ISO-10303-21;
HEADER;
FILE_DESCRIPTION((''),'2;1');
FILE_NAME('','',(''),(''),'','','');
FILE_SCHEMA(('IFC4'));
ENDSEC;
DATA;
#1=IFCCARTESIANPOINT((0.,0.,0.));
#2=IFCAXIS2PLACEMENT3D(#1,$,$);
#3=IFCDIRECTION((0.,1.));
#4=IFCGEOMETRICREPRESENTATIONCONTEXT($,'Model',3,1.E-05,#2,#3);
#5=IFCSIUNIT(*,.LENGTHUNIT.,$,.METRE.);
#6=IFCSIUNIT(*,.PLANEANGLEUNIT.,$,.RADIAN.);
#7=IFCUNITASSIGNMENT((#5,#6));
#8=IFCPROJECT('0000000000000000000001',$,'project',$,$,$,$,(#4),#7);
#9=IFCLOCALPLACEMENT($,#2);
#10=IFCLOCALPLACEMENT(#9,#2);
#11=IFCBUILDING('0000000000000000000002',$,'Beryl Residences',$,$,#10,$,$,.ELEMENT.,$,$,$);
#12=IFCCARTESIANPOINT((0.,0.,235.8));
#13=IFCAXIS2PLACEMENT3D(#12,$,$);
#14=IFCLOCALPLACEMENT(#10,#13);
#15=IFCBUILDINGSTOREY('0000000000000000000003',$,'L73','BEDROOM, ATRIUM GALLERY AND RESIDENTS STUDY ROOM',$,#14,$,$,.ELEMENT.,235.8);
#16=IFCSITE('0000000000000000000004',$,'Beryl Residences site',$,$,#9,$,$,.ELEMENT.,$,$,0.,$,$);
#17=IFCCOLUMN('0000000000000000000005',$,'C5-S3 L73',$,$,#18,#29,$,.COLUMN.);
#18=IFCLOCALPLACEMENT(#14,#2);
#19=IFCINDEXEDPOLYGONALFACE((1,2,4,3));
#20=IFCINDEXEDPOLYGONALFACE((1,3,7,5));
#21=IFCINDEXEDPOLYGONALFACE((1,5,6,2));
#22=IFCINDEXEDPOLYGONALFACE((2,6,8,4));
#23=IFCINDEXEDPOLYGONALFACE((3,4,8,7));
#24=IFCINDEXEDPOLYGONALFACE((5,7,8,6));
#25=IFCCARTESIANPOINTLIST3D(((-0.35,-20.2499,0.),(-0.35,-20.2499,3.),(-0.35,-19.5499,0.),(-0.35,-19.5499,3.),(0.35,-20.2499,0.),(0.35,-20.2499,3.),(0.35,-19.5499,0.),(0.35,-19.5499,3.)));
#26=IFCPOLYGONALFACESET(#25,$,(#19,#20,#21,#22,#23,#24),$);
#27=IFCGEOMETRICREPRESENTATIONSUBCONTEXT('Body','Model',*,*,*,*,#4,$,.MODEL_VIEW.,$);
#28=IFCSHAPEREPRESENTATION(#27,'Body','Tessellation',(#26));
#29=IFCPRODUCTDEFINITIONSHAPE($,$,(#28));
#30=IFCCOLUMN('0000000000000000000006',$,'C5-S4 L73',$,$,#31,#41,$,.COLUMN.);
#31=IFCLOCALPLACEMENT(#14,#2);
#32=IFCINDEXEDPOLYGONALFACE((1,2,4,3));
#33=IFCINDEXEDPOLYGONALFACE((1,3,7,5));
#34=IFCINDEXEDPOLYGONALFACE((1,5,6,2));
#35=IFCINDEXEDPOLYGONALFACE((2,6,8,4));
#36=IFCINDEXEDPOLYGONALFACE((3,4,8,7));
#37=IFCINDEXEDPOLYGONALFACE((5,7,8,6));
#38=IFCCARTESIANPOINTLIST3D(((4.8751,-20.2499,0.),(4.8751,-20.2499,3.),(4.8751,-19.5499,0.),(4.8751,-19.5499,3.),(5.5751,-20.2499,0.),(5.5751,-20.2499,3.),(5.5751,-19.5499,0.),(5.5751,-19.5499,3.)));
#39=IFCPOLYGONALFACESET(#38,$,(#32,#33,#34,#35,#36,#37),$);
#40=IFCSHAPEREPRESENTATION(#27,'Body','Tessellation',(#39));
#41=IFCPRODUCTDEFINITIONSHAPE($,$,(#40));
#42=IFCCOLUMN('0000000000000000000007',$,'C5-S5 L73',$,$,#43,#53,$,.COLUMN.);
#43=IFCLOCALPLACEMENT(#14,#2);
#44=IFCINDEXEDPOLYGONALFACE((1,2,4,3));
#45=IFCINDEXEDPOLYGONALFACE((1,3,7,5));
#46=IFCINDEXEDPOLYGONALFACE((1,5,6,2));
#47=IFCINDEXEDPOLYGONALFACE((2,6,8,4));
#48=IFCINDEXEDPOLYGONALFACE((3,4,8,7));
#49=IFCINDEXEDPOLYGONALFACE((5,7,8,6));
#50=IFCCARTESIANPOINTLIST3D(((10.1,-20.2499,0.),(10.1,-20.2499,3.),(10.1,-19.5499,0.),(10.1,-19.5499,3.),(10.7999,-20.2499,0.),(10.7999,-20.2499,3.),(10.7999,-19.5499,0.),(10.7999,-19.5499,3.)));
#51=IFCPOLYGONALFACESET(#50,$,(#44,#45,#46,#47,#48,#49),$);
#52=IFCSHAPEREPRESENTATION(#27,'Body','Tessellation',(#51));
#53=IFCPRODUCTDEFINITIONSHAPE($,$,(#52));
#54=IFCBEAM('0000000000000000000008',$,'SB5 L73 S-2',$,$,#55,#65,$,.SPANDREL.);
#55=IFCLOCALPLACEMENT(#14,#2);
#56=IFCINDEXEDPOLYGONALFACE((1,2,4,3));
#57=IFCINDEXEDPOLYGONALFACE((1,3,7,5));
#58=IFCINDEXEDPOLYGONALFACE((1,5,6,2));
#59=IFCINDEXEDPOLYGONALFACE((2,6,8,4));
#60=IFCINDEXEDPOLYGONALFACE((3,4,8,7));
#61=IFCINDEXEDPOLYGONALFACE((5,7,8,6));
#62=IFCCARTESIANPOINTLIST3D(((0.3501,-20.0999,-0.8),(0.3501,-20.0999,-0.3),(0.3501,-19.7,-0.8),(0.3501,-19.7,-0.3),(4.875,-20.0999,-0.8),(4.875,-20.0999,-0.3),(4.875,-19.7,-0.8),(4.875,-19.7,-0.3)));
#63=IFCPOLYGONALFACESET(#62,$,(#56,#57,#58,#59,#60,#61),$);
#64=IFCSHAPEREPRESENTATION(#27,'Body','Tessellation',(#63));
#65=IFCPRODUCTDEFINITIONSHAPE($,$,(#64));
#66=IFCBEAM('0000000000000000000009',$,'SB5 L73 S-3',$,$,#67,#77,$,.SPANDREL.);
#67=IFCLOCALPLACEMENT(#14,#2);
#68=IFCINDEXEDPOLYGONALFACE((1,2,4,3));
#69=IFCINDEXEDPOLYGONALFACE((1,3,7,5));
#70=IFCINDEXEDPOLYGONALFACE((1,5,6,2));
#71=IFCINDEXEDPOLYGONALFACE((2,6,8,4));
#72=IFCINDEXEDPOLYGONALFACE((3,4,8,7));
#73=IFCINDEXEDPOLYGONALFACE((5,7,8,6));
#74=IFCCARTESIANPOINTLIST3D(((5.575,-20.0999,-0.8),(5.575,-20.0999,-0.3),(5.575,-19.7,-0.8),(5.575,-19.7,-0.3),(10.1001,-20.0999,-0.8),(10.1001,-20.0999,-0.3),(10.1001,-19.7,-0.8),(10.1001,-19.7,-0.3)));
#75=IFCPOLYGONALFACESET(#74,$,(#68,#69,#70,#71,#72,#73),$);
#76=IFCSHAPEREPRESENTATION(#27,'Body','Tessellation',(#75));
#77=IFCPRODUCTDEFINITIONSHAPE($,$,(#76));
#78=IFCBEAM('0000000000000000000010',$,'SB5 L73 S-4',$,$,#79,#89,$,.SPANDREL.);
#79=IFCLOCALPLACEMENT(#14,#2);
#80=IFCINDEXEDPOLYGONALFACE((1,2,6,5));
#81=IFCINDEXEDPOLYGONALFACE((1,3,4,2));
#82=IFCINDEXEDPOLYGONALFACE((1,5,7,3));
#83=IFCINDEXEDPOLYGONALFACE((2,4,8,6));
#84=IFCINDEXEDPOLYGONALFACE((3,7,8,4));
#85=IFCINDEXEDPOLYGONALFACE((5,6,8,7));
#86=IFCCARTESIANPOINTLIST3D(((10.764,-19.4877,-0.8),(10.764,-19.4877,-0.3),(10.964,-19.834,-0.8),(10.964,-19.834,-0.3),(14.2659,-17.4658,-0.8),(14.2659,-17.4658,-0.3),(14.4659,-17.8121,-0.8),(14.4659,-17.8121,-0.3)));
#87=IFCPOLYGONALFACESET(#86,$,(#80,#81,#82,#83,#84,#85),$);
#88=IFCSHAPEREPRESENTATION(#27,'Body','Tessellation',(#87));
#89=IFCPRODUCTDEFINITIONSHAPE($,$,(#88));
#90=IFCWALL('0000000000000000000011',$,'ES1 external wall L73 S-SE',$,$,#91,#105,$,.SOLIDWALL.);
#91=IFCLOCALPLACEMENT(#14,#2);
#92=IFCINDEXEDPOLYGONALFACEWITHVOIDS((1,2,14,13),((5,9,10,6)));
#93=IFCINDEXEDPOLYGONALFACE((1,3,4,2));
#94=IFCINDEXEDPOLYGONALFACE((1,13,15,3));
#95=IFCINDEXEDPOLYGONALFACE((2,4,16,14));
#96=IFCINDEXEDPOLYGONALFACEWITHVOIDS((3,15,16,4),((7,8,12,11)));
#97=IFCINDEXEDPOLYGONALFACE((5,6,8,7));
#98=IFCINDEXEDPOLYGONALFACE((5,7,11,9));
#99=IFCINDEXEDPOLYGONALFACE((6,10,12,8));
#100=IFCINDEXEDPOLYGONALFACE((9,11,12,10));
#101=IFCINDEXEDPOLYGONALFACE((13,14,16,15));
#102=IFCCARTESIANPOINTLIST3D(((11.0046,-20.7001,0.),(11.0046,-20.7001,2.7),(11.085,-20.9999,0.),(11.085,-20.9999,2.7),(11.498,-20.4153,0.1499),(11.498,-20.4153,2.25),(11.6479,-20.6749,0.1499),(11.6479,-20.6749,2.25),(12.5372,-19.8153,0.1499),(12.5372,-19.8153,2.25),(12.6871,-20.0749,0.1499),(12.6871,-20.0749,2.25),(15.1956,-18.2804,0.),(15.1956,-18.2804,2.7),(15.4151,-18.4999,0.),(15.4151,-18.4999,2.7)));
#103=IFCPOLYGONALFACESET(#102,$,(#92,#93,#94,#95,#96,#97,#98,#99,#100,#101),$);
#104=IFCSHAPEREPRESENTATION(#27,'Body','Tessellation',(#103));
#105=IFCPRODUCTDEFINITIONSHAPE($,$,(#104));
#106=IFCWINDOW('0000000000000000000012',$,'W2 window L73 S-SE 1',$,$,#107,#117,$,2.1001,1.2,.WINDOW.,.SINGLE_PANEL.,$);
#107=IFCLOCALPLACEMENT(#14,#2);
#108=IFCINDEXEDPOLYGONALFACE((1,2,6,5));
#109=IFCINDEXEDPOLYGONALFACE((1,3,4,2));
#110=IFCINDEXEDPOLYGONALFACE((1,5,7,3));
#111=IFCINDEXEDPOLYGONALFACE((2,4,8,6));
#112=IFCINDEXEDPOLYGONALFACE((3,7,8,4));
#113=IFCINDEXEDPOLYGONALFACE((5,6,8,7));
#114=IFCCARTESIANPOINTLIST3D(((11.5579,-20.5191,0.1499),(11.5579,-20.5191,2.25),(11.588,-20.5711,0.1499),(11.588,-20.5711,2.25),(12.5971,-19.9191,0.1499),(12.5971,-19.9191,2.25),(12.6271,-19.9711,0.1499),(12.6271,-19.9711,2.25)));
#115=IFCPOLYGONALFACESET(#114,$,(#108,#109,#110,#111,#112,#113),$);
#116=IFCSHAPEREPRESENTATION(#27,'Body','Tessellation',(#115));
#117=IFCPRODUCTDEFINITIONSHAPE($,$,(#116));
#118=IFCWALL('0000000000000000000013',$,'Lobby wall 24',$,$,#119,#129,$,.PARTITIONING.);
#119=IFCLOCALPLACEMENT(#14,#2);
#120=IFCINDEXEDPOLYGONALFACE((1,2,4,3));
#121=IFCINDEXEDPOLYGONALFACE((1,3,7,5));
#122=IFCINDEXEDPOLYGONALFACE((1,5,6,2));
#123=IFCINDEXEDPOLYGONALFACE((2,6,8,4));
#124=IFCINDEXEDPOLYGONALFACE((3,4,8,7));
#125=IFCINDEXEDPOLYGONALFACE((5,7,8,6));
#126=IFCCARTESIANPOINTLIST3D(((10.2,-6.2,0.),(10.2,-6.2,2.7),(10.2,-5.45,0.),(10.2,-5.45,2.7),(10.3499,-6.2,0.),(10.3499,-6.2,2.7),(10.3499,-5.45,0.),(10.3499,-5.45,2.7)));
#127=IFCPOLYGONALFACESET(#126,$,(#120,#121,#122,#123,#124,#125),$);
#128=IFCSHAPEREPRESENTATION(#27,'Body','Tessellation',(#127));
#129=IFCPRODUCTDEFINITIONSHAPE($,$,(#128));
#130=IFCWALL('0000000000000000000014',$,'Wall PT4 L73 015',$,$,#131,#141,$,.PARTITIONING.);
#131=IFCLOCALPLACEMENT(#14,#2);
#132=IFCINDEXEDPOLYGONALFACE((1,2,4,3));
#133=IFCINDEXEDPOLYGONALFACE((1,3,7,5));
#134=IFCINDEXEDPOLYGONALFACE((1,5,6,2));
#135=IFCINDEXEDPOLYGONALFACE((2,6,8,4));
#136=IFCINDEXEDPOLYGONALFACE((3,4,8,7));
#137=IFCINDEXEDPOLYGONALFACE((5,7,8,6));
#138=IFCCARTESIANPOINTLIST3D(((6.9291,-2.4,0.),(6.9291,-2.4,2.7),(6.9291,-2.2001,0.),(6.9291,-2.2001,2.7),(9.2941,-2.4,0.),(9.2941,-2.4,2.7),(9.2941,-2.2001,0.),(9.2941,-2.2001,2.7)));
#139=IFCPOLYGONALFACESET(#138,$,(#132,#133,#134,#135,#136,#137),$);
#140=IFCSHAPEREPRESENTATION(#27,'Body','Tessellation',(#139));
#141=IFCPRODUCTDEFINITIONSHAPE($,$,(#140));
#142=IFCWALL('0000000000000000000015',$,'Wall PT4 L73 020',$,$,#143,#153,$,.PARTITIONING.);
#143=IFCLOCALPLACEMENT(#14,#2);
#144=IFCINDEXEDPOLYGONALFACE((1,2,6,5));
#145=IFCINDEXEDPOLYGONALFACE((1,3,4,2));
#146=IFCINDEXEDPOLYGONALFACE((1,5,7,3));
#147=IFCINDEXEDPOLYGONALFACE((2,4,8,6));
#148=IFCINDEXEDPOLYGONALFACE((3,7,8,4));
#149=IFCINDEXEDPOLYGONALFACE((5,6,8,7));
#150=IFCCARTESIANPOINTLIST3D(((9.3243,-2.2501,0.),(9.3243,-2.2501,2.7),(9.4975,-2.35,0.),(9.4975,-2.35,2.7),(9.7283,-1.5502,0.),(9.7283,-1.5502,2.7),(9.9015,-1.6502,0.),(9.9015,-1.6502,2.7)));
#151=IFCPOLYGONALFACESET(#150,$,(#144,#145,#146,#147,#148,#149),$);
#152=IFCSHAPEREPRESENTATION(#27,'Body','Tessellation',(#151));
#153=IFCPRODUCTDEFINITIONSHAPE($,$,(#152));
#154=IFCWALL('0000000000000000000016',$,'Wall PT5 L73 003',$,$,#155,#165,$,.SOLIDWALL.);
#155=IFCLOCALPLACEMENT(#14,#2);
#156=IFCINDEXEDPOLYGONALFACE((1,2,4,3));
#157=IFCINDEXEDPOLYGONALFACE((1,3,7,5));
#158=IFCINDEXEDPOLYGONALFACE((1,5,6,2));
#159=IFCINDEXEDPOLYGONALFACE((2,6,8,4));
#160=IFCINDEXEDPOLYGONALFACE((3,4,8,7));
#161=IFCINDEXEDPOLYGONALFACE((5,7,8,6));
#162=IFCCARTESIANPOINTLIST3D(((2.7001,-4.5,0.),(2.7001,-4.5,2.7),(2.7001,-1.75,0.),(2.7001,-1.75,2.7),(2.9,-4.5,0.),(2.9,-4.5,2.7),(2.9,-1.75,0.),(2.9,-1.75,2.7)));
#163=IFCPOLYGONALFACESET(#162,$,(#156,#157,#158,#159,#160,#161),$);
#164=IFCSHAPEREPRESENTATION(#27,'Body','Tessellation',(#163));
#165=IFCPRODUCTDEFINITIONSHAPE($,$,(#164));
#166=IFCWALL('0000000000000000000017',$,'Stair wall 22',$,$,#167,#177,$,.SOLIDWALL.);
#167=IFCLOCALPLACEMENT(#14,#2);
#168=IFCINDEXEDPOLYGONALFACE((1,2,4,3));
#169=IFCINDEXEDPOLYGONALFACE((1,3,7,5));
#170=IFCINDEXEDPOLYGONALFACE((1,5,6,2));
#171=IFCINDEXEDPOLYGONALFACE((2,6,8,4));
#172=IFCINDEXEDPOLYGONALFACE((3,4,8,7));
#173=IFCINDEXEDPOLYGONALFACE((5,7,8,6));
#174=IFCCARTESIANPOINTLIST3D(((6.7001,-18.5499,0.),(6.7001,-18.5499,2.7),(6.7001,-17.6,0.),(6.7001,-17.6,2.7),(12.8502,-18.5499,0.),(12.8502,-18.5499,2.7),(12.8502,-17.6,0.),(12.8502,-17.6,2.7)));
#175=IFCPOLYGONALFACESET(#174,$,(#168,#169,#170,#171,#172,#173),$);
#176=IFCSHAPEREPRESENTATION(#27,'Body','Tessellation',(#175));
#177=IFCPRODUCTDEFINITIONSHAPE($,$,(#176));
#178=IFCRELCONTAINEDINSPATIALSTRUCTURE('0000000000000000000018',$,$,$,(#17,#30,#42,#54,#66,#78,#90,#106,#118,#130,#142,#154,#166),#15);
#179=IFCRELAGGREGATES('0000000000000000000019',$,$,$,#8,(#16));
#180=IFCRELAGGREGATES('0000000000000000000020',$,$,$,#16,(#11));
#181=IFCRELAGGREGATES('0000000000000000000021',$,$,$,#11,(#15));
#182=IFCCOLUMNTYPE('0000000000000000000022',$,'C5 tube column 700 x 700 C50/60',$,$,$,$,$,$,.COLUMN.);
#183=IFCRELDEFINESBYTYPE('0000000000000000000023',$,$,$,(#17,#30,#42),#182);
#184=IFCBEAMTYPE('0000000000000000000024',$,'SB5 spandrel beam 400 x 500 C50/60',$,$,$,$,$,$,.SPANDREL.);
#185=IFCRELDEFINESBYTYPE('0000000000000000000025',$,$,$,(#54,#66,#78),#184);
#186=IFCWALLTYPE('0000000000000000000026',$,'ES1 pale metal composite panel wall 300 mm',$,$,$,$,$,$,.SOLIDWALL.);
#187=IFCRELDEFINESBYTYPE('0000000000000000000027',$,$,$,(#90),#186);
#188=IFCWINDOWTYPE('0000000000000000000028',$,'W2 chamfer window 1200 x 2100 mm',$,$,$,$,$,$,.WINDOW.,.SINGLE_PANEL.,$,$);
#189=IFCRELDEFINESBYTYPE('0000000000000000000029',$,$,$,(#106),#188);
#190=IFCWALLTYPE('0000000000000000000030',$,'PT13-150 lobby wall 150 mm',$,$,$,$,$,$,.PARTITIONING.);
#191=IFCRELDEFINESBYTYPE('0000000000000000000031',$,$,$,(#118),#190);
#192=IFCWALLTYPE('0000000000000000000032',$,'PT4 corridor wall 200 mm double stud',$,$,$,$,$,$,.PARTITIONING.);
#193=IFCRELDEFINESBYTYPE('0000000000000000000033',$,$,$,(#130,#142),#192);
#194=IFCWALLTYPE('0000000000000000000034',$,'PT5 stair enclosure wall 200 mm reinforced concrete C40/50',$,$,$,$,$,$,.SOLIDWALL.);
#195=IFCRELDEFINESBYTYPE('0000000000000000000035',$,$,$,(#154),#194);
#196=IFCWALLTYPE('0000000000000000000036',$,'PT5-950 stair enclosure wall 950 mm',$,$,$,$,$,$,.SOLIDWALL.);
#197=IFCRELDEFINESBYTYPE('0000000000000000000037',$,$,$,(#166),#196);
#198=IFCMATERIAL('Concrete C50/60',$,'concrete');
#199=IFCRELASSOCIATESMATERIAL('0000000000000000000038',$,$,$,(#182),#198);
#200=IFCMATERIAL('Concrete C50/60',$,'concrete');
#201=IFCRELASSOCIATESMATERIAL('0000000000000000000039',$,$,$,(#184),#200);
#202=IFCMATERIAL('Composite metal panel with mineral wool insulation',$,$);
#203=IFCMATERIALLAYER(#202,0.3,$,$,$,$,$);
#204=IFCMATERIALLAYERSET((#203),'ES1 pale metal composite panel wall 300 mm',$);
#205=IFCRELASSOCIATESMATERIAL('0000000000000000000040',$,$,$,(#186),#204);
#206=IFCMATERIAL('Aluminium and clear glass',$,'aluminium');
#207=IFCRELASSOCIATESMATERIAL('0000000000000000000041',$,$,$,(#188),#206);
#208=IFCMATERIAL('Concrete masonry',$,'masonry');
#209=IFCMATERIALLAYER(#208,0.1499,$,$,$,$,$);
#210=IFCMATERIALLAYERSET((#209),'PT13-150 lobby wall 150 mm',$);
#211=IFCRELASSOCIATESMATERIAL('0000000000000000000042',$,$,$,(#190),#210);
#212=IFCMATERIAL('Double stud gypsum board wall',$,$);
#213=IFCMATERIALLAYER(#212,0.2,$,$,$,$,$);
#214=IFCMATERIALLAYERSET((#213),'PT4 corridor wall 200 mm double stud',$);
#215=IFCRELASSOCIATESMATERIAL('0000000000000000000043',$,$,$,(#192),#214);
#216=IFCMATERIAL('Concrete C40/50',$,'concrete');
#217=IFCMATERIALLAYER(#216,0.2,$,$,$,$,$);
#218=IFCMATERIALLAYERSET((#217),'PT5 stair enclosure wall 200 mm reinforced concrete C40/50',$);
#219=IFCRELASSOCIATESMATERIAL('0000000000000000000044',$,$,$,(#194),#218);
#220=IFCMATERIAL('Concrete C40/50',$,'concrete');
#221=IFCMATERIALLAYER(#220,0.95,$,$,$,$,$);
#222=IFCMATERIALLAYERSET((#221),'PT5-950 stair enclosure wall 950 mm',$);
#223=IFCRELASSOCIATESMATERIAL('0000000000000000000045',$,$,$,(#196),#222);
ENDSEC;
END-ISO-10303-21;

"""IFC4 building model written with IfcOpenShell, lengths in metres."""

from ifc_helpers import new_model, si_unit, direction, frame, frame_2d, origin, origin_2d, place, context, subcontext, project, spatial, polyline, rectangle, outline, extrude, material, layer, layer_set, material_profile, profile_set, type_object, element, fill, save


model = new_model("IFC4")

# Units and contexts
model_context = context("Model", 3, precision=1e-05, world=origin(), true_north=direction((0.0, 1.0)))
body_context = subcontext(model_context, "Body", "Model", "MODEL_VIEW")
ifc_project = project(units=[si_unit("LENGTHUNIT", "METRE"), si_unit("PLANEANGLEUNIT", "RADIAN")], contexts=[model_context])

# Site, building, storey
site_placement = place(None, origin())
site = spatial("IfcSite", under=ifc_project, at=site_placement, Name="Beryl Residences site", CompositionType="ELEMENT", RefElevation=0.0)
building_placement = place(site_placement, origin())
building = spatial("IfcBuilding", under=site, at=building_placement, Name="Beryl Residences", CompositionType="ELEMENT")
storey_placement = place(building_placement, frame((0.0, 0.0, 235.8)))
storey = spatial("IfcBuildingStorey", under=building, at=storey_placement, Name="L73", Description="BEDROOM, ATRIUM GALLERY AND RESIDENTS STUDY ROOM", CompositionType="ELEMENT", Elevation=235.8)

# Columns
ifc_material_1 = material(Name="Concrete C50/60", Category="concrete")
ifc_material_profile_1 = material_profile(ifc_material_1, rectangle(XDim=0.7, YDim=0.7, at=origin_2d()))
ifc_profile_set_1 = profile_set([ifc_material_profile_1], Name="Concrete C50/60")
column_type = type_object("IfcColumnType", Name="C5 tube column 700 x 700 C50/60", PredefinedType="COLUMN", material=ifc_profile_set_1)
for number, where, z_axis, x_axis, name in (
    (1, (0.0, -19.8999, 0.0), (0.0, 0.0, 1.0), (1.0, 0.0, 0.0), "C5-S3 L73"),
    (2, (5.2251, -19.8999, 0.0), (0.0, 0.0, 1.0), (1.0, 0.0, 0.0), "C5-S4 L73"),
    (3, (10.45, -19.8999, 0.0), (0.0, 0.0, 1.0), (1.0, 0.0, 0.0), "C5-S5 L73"),
):
    element("IfcColumn", number, at=place(storey_placement, frame(where, z_axis=z_axis, x_axis=x_axis)), inside=storey, type_object=column_type, Name=name, PredefinedType="COLUMN", context=body_context, shape_type="SweptSolid", body=[
        extrude(rectangle(XDim=0.7, YDim=0.7, at=origin_2d()), origin(), (0.0, 0.0, 1.0), 3.0),
    ])

# Beams
ifc_material_2 = material(Name="Concrete C50/60", Category="concrete")
ifc_material_profile_2 = material_profile(ifc_material_2, rectangle(XDim=0.3999, YDim=0.5, at=origin_2d()))
ifc_profile_set_2 = profile_set([ifc_material_profile_2], Name="Concrete C50/60")
beam_type = type_object("IfcBeamType", Name="SB5 spandrel beam 400 x 500 C50/60", PredefinedType="SPANDREL", material=ifc_profile_set_2)
beam_1_placement = place(storey_placement, frame((0.3501, -19.8999, -0.55), z_axis=(1.0, 0.0, 0.0), x_axis=(0.0, 1.0, 0.0)))
element("IfcBeam", 4, at=beam_1_placement, inside=storey, type_object=beam_type, Name="SB5 L73 S-2", PredefinedType="SPANDREL", context=body_context, shape_type="SweptSolid", body=[
    extrude(rectangle(XDim=0.3999, YDim=0.5, at=origin_2d()), origin(), (0.0, 0.0, 1.0), 4.5249),
])
beam_2_placement = place(storey_placement, frame((5.575, -19.8999, -0.55), z_axis=(1.0, 0.0, 0.0), x_axis=(0.0, 1.0, 0.0)))
element("IfcBeam", 5, at=beam_2_placement, inside=storey, type_object=beam_type, Name="SB5 L73 S-3", PredefinedType="SPANDREL", context=body_context, shape_type="SweptSolid", body=[
    extrude(rectangle(XDim=0.3999, YDim=0.5, at=origin_2d()), origin(), (0.0, 0.0, 1.0), 4.5251),
])
beam_3_placement = place(storey_placement, frame((10.864, -19.6609, -0.55), z_axis=(0.866013, 0.500022, 0.0), x_axis=(-0.500022, 0.866013, 0.0)))
element("IfcBeam", 6, at=beam_3_placement, inside=storey, type_object=beam_type, Name="SB5 L73 S-4", PredefinedType="SPANDREL", context=body_context, shape_type="SweptSolid", body=[
    extrude(rectangle(XDim=0.3999, YDim=0.5, at=origin_2d()), origin(), (0.0, 0.0, 1.0), 4.0437),
])

# Wall, opening, window
ifc_material_3 = material(Name="Composite metal panel with mineral wool insulation")
ifc_layer_1 = layer(ifc_material_3, 0.3)
ifc_layer_set_1 = layer_set([ifc_layer_1], Name="ES1 pale metal composite panel wall 300 mm")
wall_type_1 = type_object("IfcWallType", Name="ES1 pale metal composite panel wall 300 mm", PredefinedType="SOLIDWALL", material=ifc_layer_set_1)
wall_1_placement = place(storey_placement, frame((11.01, -20.8701, 0.0), z_axis=(0.0, 0.0, 1.0), x_axis=(0.866023, 0.500004, 0.0)))
wall_1 = element("IfcWall", 7, at=wall_1_placement, inside=storey, type_object=wall_type_1, Name="ES1 external wall L73 S-SE", PredefinedType="SOLIDWALL", context=body_context, shape_type="SweptSolid", body=[
    extrude(outline(polyline([(0.0, -0.1499), (5.0, -0.1499), (4.9197, 0.1499), (0.0803, 0.1499), (0.0, -0.1499)])), origin(), (0.0, 0.0, 1.0), 2.7),
])
opening_placement = place(wall_1_placement, frame((0.6499, 0.0, 0.1499)))
opening = element("IfcOpeningElement", 8, at=opening_placement, cuts=wall_1, PredefinedType="OPENING", context=body_context, shape_type="SweptSolid", body=[
    extrude(rectangle(XDim=1.2, YDim=2.1001, at=frame_2d((0.6001, 1.05))), frame((0.0, 0.1599, 0.0), z_axis=(0.0, -1.0, 0.0), x_axis=(1.0, 0.0, 0.0)), (0.0, 0.0, 1.0), 0.3201),
])
ifc_material_4 = material(Name="Aluminium and clear glass", Category="aluminium")
window_type = type_object("IfcWindowType", Name="W2 chamfer window 1200 x 2100 mm", PartitioningType="SINGLE_PANEL", PredefinedType="WINDOW", material=ifc_material_4)
window_placement = place(opening_placement, origin())
window = element("IfcWindow", 9, at=window_placement, inside=storey, type_object=window_type, Name="W2 window L73 S-SE 1", OverallHeight=2.1001, OverallWidth=1.2, PartitioningType="SINGLE_PANEL", PredefinedType="WINDOW", context=body_context, shape_type="SweptSolid", body=[
    extrude(rectangle(XDim=1.2, YDim=2.1001, at=frame_2d((0.6001, 1.05))), frame((0.0, 0.03, 0.0), z_axis=(0.0, -1.0, 0.0), x_axis=(1.0, 0.0, 0.0)), (0.0, 0.0, 1.0), 0.0601),
])
fill(opening, window)

# Walls
ifc_material_5 = material(Name="Concrete masonry", Category="masonry")
ifc_layer_2 = layer(ifc_material_5, 0.1499)
ifc_layer_set_2 = layer_set([ifc_layer_2], Name="PT13-150 lobby wall 150 mm")
wall_type_2 = type_object("IfcWallType", Name="PT13-150 lobby wall 150 mm", PredefinedType="PARTITIONING", material=ifc_layer_set_2)
wall_2_placement = place(storey_placement, frame((10.2749, -6.2, 0.0), z_axis=(0.0, 0.0, 1.0), x_axis=(0.0, 1.0, 0.0)))
element("IfcWall", 10, at=wall_2_placement, inside=storey, type_object=wall_type_2, Name="Lobby wall 24", PredefinedType="PARTITIONING", context=body_context, shape_type="SweptSolid", body=[
    extrude(rectangle(XDim=0.75, YDim=0.1499, at=frame_2d((0.375, 0.0))), origin(), (0.0, 0.0, 1.0), 2.7),
])
ifc_material_6 = material(Name="Double stud gypsum board wall")
ifc_layer_3 = layer(ifc_material_6, 0.2)
ifc_layer_set_3 = layer_set([ifc_layer_3], Name="PT4 corridor wall 200 mm double stud")
wall_type_3 = type_object("IfcWallType", Name="PT4 corridor wall 200 mm double stud", PredefinedType="PARTITIONING", material=ifc_layer_set_3)
wall_3_placement = place(storey_placement, frame((6.929, -2.3, 0.0), z_axis=(0.0, 0.0, 1.0), x_axis=(1.0, 0.0, 0.0)))
element("IfcWall", 11, at=wall_3_placement, inside=storey, type_object=wall_type_3, Name="Wall PT4 L73 015", PredefinedType="PARTITIONING", context=body_context, shape_type="SweptSolid", body=[
    extrude(rectangle(XDim=2.365, YDim=0.2, at=frame_2d((1.1826, 0.0))), origin(), (0.0, 0.0, 1.0), 2.7),
])
wall_4_placement = place(storey_placement, frame((9.4109, -2.3, 0.0), z_axis=(0.0, 0.0, 1.0), x_axis=(0.49994, 0.86606, 0.0)))
element("IfcWall", 12, at=wall_4_placement, inside=storey, type_object=wall_type_3, Name="Wall PT4 L73 020", PredefinedType="PARTITIONING", context=body_context, shape_type="SweptSolid", body=[
    extrude(rectangle(XDim=0.8081, YDim=0.2, at=frame_2d((0.4041, 0.0))), origin(), (0.0, 0.0, 1.0), 2.7),
])
ifc_material_7 = material(Name="Concrete C40/50", Category="concrete")
ifc_layer_4 = layer(ifc_material_7, 0.2)
ifc_layer_set_4 = layer_set([ifc_layer_4], Name="PT5 stair enclosure wall 200 mm reinforced concrete C40/50")
wall_type_4 = type_object("IfcWallType", Name="PT5 stair enclosure wall 200 mm reinforced concrete C40/50", PredefinedType="SOLIDWALL", material=ifc_layer_set_4)
wall_5_placement = place(storey_placement, frame((2.8, -4.5, 0.0), z_axis=(0.0, 0.0, 1.0), x_axis=(0.0, 1.0, 0.0)))
element("IfcWall", 13, at=wall_5_placement, inside=storey, type_object=wall_type_4, Name="Wall PT5 L73 003", PredefinedType="SOLIDWALL", context=body_context, shape_type="SweptSolid", body=[
    extrude(rectangle(XDim=2.75, YDim=0.2, at=frame_2d((1.375, 0.0))), origin(), (0.0, 0.0, 1.0), 2.7),
])
ifc_material_8 = material(Name="Concrete C40/50", Category="concrete")
ifc_layer_5 = layer(ifc_material_8, 0.95)
ifc_layer_set_5 = layer_set([ifc_layer_5], Name="PT5-950 stair enclosure wall 950 mm")
wall_type_5 = type_object("IfcWallType", Name="PT5-950 stair enclosure wall 950 mm", PredefinedType="SOLIDWALL", material=ifc_layer_set_5)
wall_6_placement = place(storey_placement, frame((6.7, -18.075, 0.0), z_axis=(0.0, 0.0, 1.0), x_axis=(1.0, 0.0, 0.0)))
element("IfcWall", 14, at=wall_6_placement, inside=storey, type_object=wall_type_5, Name="Stair wall 22", PredefinedType="SOLIDWALL", context=body_context, shape_type="SweptSolid", body=[
    extrude(rectangle(XDim=6.1501, YDim=0.95, at=frame_2d((3.0752, 0.0))), origin(), (0.0, 0.0, 1.0), 2.7),
])

save(model, "model.ifc")
